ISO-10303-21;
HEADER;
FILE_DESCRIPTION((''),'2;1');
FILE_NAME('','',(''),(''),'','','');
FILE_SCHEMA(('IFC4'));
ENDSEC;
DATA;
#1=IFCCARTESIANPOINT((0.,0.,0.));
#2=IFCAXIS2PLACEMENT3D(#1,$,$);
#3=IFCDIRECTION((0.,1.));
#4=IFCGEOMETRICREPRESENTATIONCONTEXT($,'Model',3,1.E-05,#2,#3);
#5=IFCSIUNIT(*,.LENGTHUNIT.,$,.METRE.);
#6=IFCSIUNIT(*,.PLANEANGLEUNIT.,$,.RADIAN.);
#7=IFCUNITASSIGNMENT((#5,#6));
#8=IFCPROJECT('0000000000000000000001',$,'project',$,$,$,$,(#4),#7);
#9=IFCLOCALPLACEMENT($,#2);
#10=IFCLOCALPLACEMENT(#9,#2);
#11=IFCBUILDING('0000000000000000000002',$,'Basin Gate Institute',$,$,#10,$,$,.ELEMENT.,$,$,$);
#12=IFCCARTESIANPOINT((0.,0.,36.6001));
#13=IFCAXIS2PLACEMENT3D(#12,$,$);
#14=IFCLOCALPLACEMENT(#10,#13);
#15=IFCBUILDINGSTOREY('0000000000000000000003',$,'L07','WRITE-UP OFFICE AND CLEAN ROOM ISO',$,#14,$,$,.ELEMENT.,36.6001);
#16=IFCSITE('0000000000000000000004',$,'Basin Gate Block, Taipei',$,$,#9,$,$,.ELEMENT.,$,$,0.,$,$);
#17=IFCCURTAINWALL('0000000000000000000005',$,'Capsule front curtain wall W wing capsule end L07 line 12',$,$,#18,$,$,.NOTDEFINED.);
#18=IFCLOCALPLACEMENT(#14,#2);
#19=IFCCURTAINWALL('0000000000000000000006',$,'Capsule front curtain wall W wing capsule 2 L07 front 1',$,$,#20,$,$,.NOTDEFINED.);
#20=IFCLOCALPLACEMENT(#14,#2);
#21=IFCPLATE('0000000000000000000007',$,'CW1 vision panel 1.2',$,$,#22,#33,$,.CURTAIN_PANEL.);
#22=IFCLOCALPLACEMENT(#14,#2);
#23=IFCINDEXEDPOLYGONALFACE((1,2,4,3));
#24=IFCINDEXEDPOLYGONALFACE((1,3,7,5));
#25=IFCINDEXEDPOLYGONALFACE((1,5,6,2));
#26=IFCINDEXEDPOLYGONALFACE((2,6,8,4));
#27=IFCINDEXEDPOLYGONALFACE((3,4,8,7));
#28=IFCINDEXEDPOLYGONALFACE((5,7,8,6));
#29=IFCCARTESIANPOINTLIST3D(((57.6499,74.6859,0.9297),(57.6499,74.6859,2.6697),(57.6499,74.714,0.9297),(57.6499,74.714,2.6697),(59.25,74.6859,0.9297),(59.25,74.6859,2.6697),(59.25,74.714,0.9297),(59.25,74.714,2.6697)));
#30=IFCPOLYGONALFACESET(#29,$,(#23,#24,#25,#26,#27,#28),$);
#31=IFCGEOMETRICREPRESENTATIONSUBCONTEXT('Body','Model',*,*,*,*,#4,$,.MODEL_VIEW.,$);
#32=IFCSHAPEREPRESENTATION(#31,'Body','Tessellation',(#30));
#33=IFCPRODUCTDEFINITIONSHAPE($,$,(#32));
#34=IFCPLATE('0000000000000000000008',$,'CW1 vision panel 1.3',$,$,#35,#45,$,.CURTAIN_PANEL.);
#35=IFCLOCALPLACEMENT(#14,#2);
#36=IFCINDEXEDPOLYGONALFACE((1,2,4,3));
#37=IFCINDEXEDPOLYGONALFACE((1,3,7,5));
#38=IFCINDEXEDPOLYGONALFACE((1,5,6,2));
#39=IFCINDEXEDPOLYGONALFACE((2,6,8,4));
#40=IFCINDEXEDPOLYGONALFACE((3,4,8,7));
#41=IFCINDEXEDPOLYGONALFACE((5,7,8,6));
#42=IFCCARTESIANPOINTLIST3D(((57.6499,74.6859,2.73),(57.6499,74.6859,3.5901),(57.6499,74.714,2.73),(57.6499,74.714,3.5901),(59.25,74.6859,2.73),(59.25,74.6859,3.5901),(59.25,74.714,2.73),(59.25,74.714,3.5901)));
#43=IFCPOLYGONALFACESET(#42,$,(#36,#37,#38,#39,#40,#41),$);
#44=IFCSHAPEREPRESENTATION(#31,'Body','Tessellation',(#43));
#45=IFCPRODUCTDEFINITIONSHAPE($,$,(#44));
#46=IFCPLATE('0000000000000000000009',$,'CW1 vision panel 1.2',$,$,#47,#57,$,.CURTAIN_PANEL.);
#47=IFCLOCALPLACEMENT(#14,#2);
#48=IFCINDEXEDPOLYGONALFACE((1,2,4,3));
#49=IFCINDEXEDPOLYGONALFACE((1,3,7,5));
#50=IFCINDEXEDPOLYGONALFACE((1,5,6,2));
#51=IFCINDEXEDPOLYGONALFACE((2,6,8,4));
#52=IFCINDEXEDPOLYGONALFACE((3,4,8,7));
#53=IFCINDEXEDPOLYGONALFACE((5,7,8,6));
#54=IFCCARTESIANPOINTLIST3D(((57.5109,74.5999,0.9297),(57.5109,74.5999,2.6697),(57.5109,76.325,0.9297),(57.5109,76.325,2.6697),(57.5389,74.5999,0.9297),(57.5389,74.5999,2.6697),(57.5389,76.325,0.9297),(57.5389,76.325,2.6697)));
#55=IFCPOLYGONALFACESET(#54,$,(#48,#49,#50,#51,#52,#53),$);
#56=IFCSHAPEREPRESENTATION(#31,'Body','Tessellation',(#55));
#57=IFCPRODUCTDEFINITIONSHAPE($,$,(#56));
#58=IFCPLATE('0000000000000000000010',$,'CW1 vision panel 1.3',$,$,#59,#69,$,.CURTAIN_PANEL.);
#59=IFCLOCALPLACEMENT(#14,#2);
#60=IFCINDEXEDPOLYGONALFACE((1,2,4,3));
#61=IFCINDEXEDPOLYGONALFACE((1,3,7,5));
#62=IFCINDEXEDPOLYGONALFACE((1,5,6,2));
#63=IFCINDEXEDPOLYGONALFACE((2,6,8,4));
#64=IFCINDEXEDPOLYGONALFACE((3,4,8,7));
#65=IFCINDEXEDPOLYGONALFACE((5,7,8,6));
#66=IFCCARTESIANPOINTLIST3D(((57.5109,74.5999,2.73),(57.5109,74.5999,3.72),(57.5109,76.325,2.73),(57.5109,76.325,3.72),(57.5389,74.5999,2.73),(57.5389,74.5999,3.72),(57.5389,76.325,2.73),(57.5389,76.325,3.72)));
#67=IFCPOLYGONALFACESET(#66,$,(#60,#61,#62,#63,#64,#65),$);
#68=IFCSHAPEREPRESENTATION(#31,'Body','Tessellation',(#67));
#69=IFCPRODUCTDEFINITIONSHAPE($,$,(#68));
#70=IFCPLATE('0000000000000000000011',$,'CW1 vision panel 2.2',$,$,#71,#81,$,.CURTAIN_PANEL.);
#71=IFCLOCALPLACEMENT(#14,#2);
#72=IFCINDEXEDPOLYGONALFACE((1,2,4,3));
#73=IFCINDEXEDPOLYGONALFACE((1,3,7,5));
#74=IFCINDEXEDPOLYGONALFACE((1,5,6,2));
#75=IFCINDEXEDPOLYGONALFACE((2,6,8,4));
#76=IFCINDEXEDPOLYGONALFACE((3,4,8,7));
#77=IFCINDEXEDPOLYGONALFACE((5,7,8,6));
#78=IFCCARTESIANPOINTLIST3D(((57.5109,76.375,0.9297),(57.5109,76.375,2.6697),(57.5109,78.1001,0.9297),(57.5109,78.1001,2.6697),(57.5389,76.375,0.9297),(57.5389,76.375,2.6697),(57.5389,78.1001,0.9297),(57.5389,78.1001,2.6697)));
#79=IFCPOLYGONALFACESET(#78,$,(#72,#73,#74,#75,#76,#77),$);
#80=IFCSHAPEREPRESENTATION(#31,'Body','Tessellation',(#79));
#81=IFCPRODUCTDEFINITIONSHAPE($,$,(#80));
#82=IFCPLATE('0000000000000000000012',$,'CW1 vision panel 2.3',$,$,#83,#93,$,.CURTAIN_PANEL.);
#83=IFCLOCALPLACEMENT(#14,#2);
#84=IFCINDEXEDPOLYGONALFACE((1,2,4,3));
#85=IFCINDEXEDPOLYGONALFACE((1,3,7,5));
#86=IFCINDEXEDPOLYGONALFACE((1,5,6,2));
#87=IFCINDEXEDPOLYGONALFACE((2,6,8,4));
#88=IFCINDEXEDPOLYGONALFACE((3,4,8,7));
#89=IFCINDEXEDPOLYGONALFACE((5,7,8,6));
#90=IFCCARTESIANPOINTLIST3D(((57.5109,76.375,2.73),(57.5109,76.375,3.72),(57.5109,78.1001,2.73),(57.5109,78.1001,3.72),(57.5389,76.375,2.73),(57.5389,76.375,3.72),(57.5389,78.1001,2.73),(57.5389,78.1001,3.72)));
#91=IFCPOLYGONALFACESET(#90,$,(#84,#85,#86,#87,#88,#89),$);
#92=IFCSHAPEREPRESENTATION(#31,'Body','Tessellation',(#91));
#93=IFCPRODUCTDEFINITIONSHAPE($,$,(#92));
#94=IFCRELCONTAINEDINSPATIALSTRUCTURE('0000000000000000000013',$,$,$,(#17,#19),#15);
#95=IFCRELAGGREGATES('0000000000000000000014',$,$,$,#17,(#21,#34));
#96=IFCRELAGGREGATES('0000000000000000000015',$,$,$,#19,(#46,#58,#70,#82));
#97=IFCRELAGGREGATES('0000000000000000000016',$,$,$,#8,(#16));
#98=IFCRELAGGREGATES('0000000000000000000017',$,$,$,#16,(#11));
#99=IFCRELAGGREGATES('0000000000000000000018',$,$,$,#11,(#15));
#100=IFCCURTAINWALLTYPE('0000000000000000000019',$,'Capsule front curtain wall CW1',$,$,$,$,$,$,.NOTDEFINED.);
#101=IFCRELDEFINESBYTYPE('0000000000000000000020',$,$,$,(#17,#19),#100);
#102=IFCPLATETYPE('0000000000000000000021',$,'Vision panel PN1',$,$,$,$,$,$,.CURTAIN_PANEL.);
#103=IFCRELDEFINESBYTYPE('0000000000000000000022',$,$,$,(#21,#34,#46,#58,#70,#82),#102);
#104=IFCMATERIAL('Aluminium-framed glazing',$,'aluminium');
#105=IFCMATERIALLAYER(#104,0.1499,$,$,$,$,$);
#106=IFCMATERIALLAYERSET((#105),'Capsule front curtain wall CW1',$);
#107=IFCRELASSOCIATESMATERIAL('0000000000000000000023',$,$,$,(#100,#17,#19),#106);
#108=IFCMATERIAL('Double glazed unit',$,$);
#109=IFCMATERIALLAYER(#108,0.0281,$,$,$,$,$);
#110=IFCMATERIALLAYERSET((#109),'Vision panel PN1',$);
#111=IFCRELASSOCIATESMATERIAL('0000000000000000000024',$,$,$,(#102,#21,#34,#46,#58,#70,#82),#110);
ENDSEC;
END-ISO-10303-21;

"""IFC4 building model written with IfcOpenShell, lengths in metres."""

from ifc_helpers import new_model, si_unit, direction, frame, origin, origin_2d, place, context, subcontext, project, spatial, rectangle, extrude, material, layer, layer_set, type_object, element, aggregate, save


model = new_model("IFC4")

# Units and contexts
model_context = context("Model", 3, precision=1e-05, world=origin(), true_north=direction((0.0, 1.0)))
body_context = subcontext(model_context, "Body", "Model", "MODEL_VIEW")
ifc_project = project(units=[si_unit("LENGTHUNIT", "METRE"), si_unit("PLANEANGLEUNIT", "RADIAN")], contexts=[model_context])

# Site, building, storey
site_placement = place(None, origin())
site = spatial("IfcSite", under=ifc_project, at=site_placement, Name="Basin Gate Block, Taipei", CompositionType="ELEMENT", RefElevation=0.0)
building_placement = place(site_placement, origin())
building = spatial("IfcBuilding", under=site, at=building_placement, Name="Basin Gate Institute", CompositionType="ELEMENT")
storey_placement = place(building_placement, frame((0.0, 0.0, 36.6001)))
storey = spatial("IfcBuildingStorey", under=building, at=storey_placement, Name="L07", Description="WRITE-UP OFFICE AND CLEAN ROOM ISO", CompositionType="ELEMENT", Elevation=36.6001)

# Curtain walls
ifc_material_1 = material(Name="Aluminium-framed glazing", Category="aluminium")
ifc_layer_1 = layer(ifc_material_1, 0.1499)
ifc_layer_set_1 = layer_set([ifc_layer_1], Name="Capsule front curtain wall CW1")
curtain_wall_type = type_object("IfcCurtainWallType", Name="Capsule front curtain wall CW1", PredefinedType="NOTDEFINED", material=ifc_layer_set_1)
curtain_wall_1_placement = place(storey_placement, origin())
curtain_wall_1 = element("IfcCurtainWall", 1, at=curtain_wall_1_placement, inside=storey, type_object=curtain_wall_type, material=ifc_layer_set_1, Name="Capsule front curtain wall W wing capsule end L07 line 12", PredefinedType="NOTDEFINED")
curtain_wall_2_placement = place(storey_placement, origin())
curtain_wall_2 = element("IfcCurtainWall", 2, at=curtain_wall_2_placement, inside=storey, type_object=curtain_wall_type, material=ifc_layer_set_1, Name="Capsule front curtain wall W wing capsule 2 L07 front 1", PredefinedType="NOTDEFINED")

# Plates
ifc_material_2 = material(Name="Double glazed unit")
ifc_layer_2 = layer(ifc_material_2, 0.0281)
ifc_layer_set_2 = layer_set([ifc_layer_2], Name="Vision panel PN1")
plate_type_1 = type_object("IfcPlateType", Name="Vision panel PN1", PredefinedType="CURTAIN_PANEL", material=ifc_layer_set_2)
plate_1_placement = place(storey_placement, frame((58.45, 74.7, 0.9297), z_axis=(0.0, 0.0, 1.0), x_axis=(1.0, 0.0, 0.0)))
plate_1 = element("IfcPlate", 3, at=plate_1_placement, type_object=plate_type_1, material=ifc_layer_set_2, Name="CW1 vision panel 1.2", PredefinedType="CURTAIN_PANEL", context=body_context, shape_type="SweptSolid", body=[
    extrude(rectangle(XDim=1.6001, YDim=0.0281, at=origin_2d()), origin(), (0.0, 0.0, 1.0), 1.74),
])
plate_2_placement = place(storey_placement, frame((58.45, 74.7, 2.73), z_axis=(0.0, 0.0, 1.0), x_axis=(1.0, 0.0, 0.0)))
plate_2 = element("IfcPlate", 4, at=plate_2_placement, type_object=plate_type_1, material=ifc_layer_set_2, Name="CW1 vision panel 1.3", PredefinedType="CURTAIN_PANEL", context=body_context, shape_type="SweptSolid", body=[
    extrude(rectangle(XDim=1.6001, YDim=0.0281, at=origin_2d()), origin(), (0.0, 0.0, 1.0), 0.8601),
])
aggregate(curtain_wall_1, [plate_1, plate_2])
plate_3_placement = place(storey_placement, frame((57.5249, 75.4624, 0.9297), z_axis=(0.0, 0.0, 1.0), x_axis=(0.0, 1.0, 0.0)))
plate_3 = element("IfcPlate", 5, at=plate_3_placement, type_object=plate_type_1, material=ifc_layer_set_2, Name="CW1 vision panel 1.2", PredefinedType="CURTAIN_PANEL", context=body_context, shape_type="SweptSolid", body=[
    extrude(rectangle(XDim=1.7251, YDim=0.0281, at=origin_2d()), origin(), (0.0, 0.0, 1.0), 1.74),
])
plate_4_placement = place(storey_placement, frame((57.5249, 75.4624, 2.73), z_axis=(0.0, 0.0, 1.0), x_axis=(0.0, 1.0, 0.0)))
plate_4 = element("IfcPlate", 6, at=plate_4_placement, type_object=plate_type_1, material=ifc_layer_set_2, Name="CW1 vision panel 1.3", PredefinedType="CURTAIN_PANEL", context=body_context, shape_type="SweptSolid", body=[
    extrude(rectangle(XDim=1.7251, YDim=0.0281, at=origin_2d()), origin(), (0.0, 0.0, 1.0), 0.99),
])
plate_5_placement = place(storey_placement, frame((57.5249, 77.2375, 0.9297), z_axis=(0.0, 0.0, 1.0), x_axis=(0.0, 1.0, 0.0)))
plate_5 = element("IfcPlate", 7, at=plate_5_placement, type_object=plate_type_1, material=ifc_layer_set_2, Name="CW1 vision panel 2.2", PredefinedType="CURTAIN_PANEL", context=body_context, shape_type="SweptSolid", body=[
    extrude(rectangle(XDim=1.7251, YDim=0.0281, at=origin_2d()), origin(), (0.0, 0.0, 1.0), 1.74),
])
plate_6_placement = place(storey_placement, frame((57.5249, 77.2375, 2.73), z_axis=(0.0, 0.0, 1.0), x_axis=(0.0, 1.0, 0.0)))
plate_6 = element("IfcPlate", 8, at=plate_6_placement, type_object=plate_type_1, material=ifc_layer_set_2, Name="CW1 vision panel 2.3", PredefinedType="CURTAIN_PANEL", context=body_context, shape_type="SweptSolid", body=[
    extrude(rectangle(XDim=1.7251, YDim=0.0281, at=origin_2d()), origin(), (0.0, 0.0, 1.0), 0.99),
])
aggregate(curtain_wall_2, [plate_3, plate_4, plate_5, plate_6])

save(model, "model.ifc")
